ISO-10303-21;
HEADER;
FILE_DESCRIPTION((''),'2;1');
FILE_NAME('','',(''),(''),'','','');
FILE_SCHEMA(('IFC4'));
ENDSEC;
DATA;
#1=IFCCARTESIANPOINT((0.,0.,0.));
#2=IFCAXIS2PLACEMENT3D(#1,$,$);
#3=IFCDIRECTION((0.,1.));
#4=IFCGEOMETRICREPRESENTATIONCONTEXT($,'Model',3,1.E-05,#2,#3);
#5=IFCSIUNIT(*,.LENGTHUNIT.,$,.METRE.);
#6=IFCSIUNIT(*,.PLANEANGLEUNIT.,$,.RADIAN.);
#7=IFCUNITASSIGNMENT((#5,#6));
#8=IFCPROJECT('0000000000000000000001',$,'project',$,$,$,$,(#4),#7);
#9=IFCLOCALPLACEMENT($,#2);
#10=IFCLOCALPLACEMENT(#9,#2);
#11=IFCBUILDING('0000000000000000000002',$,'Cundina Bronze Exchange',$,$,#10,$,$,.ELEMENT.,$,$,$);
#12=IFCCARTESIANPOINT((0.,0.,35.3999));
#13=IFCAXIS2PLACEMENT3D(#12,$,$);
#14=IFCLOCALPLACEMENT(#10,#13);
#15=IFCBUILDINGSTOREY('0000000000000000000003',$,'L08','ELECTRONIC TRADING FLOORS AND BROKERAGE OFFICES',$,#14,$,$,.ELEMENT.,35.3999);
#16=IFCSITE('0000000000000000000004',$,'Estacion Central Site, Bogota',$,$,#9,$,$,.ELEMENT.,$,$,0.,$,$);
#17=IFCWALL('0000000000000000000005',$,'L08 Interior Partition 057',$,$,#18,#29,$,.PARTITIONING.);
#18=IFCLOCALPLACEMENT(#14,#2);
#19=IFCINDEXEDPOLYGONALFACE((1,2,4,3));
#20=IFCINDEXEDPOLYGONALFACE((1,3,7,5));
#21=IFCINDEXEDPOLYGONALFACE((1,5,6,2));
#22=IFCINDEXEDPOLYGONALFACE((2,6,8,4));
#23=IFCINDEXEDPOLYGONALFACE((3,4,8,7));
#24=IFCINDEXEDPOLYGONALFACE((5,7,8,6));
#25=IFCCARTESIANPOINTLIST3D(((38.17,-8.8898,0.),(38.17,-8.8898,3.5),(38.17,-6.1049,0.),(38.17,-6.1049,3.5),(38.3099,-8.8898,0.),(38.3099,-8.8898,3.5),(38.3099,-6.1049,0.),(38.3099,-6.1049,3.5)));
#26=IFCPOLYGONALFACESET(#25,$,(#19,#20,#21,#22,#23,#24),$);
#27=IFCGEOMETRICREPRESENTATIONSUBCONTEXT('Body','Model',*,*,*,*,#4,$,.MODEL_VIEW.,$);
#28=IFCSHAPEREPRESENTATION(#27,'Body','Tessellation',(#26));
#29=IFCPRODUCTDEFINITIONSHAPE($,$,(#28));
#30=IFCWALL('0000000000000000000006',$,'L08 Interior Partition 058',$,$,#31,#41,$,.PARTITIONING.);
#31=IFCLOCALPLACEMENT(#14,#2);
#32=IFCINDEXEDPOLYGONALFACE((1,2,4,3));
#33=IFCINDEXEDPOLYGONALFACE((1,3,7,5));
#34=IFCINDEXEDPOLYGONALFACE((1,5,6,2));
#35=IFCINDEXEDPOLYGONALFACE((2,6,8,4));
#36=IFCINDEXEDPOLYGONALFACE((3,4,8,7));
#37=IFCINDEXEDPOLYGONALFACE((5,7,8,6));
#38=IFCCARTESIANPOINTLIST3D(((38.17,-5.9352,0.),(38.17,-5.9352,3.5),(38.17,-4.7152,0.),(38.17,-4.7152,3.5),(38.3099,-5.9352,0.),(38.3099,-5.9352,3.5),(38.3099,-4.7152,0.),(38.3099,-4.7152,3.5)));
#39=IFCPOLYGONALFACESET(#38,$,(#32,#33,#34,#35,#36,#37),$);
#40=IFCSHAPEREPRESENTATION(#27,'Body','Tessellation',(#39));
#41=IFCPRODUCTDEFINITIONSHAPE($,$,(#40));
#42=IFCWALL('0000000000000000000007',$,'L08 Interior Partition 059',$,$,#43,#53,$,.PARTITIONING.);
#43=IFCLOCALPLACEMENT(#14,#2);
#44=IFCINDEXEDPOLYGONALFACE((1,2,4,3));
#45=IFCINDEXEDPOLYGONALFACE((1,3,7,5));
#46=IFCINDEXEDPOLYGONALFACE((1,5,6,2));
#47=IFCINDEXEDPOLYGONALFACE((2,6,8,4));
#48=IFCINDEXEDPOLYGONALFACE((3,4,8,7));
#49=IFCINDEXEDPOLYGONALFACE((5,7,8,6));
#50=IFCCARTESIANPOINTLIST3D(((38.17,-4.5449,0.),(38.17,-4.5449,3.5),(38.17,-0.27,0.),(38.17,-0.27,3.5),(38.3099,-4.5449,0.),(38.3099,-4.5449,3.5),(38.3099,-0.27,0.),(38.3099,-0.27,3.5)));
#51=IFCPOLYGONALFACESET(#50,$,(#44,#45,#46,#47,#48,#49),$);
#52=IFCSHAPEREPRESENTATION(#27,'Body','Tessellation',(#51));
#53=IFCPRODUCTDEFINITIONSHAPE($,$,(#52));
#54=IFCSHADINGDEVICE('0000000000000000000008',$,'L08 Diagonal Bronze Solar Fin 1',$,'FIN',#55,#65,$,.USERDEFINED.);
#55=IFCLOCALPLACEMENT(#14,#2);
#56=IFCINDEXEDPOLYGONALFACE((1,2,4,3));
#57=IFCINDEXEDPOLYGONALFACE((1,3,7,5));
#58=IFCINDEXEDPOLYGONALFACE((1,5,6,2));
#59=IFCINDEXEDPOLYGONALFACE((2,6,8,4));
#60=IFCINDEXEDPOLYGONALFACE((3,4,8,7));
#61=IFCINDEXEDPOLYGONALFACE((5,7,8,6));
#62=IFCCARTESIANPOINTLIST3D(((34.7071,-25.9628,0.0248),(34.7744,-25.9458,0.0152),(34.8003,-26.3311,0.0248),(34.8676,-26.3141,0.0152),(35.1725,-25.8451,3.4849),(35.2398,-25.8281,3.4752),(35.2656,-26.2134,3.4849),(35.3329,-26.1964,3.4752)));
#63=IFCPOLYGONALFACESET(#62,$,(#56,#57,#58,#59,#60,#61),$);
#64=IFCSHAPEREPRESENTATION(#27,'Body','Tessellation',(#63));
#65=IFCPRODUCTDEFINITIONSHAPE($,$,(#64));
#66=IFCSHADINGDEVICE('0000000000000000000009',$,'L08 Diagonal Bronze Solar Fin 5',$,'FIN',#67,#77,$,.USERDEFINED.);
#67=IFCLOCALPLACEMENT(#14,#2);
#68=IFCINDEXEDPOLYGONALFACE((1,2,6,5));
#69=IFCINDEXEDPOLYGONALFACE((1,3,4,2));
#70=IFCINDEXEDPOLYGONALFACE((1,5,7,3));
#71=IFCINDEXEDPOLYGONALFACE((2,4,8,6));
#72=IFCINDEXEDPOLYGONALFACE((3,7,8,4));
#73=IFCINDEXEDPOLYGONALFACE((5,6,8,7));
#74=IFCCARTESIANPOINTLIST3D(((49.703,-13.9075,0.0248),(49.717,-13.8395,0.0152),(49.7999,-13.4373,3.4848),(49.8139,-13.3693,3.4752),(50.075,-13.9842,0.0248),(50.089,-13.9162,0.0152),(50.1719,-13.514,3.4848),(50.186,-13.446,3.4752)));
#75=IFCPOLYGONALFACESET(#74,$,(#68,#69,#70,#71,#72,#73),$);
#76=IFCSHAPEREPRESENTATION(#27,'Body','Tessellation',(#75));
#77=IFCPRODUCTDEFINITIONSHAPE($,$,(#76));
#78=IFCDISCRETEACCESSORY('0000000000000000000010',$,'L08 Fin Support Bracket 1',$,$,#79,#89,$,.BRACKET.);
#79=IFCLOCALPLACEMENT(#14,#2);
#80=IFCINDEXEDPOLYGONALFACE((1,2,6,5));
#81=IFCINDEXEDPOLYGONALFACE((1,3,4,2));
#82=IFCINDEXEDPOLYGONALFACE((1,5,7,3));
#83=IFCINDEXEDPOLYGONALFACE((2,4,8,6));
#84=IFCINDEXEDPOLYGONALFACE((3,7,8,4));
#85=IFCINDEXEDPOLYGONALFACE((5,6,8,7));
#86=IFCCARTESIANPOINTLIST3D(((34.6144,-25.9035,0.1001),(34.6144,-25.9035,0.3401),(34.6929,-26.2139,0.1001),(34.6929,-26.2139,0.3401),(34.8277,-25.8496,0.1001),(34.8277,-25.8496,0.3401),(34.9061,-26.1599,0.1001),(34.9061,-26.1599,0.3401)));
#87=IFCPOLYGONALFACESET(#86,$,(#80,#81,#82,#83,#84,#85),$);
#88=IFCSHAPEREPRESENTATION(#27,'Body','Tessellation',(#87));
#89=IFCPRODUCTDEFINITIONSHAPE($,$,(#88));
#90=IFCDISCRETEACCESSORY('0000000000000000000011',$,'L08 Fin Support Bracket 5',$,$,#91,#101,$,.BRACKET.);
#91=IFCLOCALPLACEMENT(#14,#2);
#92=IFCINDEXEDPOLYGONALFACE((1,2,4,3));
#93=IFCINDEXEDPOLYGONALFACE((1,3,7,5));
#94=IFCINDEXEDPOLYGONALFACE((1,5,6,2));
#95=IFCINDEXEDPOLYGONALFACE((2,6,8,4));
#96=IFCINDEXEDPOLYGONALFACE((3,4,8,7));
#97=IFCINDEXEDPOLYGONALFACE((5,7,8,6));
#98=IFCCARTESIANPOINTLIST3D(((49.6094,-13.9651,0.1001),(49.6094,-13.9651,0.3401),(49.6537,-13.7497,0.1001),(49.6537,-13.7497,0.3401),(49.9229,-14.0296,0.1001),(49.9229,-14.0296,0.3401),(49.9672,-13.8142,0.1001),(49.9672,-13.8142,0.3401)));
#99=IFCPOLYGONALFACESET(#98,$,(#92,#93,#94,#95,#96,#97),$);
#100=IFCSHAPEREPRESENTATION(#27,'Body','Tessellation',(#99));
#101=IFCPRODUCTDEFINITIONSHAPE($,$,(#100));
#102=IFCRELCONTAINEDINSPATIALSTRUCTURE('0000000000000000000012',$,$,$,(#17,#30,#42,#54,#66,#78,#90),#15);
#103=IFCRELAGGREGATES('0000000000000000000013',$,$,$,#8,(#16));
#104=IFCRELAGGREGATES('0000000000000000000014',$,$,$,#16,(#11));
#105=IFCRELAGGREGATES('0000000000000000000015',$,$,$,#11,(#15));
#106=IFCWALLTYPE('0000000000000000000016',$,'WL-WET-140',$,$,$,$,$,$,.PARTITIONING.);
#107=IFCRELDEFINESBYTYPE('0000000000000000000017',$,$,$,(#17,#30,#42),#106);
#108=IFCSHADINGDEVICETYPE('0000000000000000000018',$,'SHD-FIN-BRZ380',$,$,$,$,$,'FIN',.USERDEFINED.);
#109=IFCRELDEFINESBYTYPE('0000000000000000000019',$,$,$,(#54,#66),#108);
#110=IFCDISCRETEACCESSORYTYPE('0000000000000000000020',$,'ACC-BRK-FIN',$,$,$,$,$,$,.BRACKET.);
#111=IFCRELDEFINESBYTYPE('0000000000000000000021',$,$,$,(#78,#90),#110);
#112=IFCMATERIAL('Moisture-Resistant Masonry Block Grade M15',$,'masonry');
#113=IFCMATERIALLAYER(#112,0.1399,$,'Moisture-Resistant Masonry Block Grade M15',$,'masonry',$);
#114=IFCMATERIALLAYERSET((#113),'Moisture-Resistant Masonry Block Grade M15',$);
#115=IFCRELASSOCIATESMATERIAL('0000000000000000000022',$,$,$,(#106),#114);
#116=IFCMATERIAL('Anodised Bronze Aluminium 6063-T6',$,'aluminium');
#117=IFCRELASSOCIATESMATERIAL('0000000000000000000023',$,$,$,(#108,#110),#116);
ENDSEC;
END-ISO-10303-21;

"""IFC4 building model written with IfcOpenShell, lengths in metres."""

from ifc_helpers import new_model, si_unit, direction, frame, frame_2d, origin, origin_2d, place, context, subcontext, project, spatial, rectangle, extrude, material, layer, layer_set, material_profile, profile_set, type_object, element, save


model = new_model("IFC4")

# Units and contexts
model_context = context("Model", 3, precision=1e-05, world=origin(), true_north=direction((0.0, 1.0)))
body_context = subcontext(model_context, "Body", "Model", "MODEL_VIEW")
ifc_project = project(units=[si_unit("LENGTHUNIT", "METRE"), si_unit("PLANEANGLEUNIT", "RADIAN")], contexts=[model_context])

# Site, building, storey
site_placement = place(None, origin())
site = spatial("IfcSite", under=ifc_project, at=site_placement, Name="Estacion Central Site, Bogota", CompositionType="ELEMENT", RefElevation=0.0)
building_placement = place(site_placement, origin())
building = spatial("IfcBuilding", under=site, at=building_placement, Name="Cundina Bronze Exchange", CompositionType="ELEMENT")
storey_placement = place(building_placement, frame((0.0, 0.0, 35.3999)))
storey = spatial("IfcBuildingStorey", under=building, at=storey_placement, Name="L08", Description="ELECTRONIC TRADING FLOORS AND BROKERAGE OFFICES", CompositionType="ELEMENT", Elevation=35.3999)

# Shared definitions
ifc_material_1 = material(Name="Anodised Bronze Aluminium 6063-T6", Category="aluminium")

# Walls
ifc_material_2 = material(Name="Moisture-Resistant Masonry Block Grade M15", Category="masonry")
ifc_layer_1 = layer(ifc_material_2, 0.1399, Name="Moisture-Resistant Masonry Block Grade M15", Category="masonry")
ifc_layer_set_1 = layer_set([ifc_layer_1], Name="Moisture-Resistant Masonry Block Grade M15")
wall_type_1 = type_object("IfcWallType", Name="WL-WET-140", PredefinedType="PARTITIONING", material=ifc_layer_set_1)
wall_1_placement = place(storey_placement, frame((38.24, -8.8899, 0.0), z_axis=(0.0, 0.0, 1.0), x_axis=(0.0, 1.0, 0.0)))
element("IfcWall", 1, at=wall_1_placement, inside=storey, type_object=wall_type_1, Name="L08 Interior Partition 057", PredefinedType="PARTITIONING", context=body_context, shape_type="SweptSolid", body=[
    extrude(rectangle(XDim=2.7849, YDim=0.1399, at=frame_2d((1.3926, 0.0))), origin(), (0.0, 0.0, 1.0), 3.5),
])
wall_2_placement = place(storey_placement, frame((38.24, -5.9351, 0.0), z_axis=(0.0, 0.0, 1.0), x_axis=(0.0, 1.0, 0.0)))
element("IfcWall", 2, at=wall_2_placement, inside=storey, type_object=wall_type_1, Name="L08 Interior Partition 058", PredefinedType="PARTITIONING", context=body_context, shape_type="SweptSolid", body=[
    extrude(rectangle(XDim=1.22, YDim=0.1399, at=frame_2d((0.6099, 0.0))), origin(), (0.0, 0.0, 1.0), 3.5),
])
wall_3_placement = place(storey_placement, frame((38.24, -4.5449, 0.0), z_axis=(0.0, 0.0, 1.0), x_axis=(0.0, 1.0, 0.0)))
element("IfcWall", 3, at=wall_3_placement, inside=storey, type_object=wall_type_1, Name="L08 Interior Partition 059", PredefinedType="PARTITIONING", context=body_context, shape_type="SweptSolid", body=[
    extrude(rectangle(XDim=4.2749, YDim=0.1399, at=frame_2d((2.1375, 0.0))), origin(), (0.0, 0.0, 1.0), 3.5),
])

# Shading devices
ifc_material_profile_1 = material_profile(ifc_material_1, rectangle(XDim=0.0701, YDim=0.3799, at=origin_2d()), Name="FIN70X380", Category="aluminium")
ifc_profile_set_1 = profile_set([ifc_material_profile_1], Name="Anodised Bronze Aluminium 6063-T6")
shading_device_type = type_object("IfcShadingDeviceType", Name="SHD-FIN-BRZ380", ElementType="FIN", PredefinedType="USERDEFINED", material=ifc_profile_set_1)
for number, where, z_axis, x_axis, name in (
    (4, (34.7874, -26.1384, 0.02), (0.133215, 0.033688, 0.990514), (-0.960285, -0.242842, 0.137408), "L08 Diagonal Bronze Solar Fin 1"),
    (5, (49.896, -13.9119, 0.02), (0.027747, 0.134612, 0.99051), (-0.199967, -0.970115, 0.137442), "L08 Diagonal Bronze Solar Fin 5"),
):
    element("IfcShadingDevice", number, at=place(storey_placement, frame(where, z_axis=z_axis, x_axis=x_axis)), inside=storey, type_object=shading_device_type, Name=name, ObjectType="FIN", PredefinedType="USERDEFINED", context=body_context, shape_type="SweptSolid", body=[
        extrude(rectangle(XDim=0.0701, YDim=0.3799, at=origin_2d()), origin(), (0.0, 0.0, 1.0), 3.4932),
    ])

# Discrete accessories
discrete_accessory_type = type_object("IfcDiscreteAccessoryType", Name="ACC-BRK-FIN", PredefinedType="BRACKET", material=ifc_material_1)
for number, where, z_axis, x_axis, name in (
    (6, (34.7603, -26.0317, 0.1001), (0.0, 0.0, 1.0), (0.969488, 0.245138, 0.0), "L08 Fin Support Bracket 1"),
    (7, (49.7883, -13.8896, 0.1001), (0.0, 0.0, 1.0), (0.20142, 0.979505, 0.0), "L08 Fin Support Bracket 5"),
):
    element("IfcDiscreteAccessory", number, at=place(storey_placement, frame(where, z_axis=z_axis, x_axis=x_axis)), inside=storey, type_object=discrete_accessory_type, Name=name, PredefinedType="BRACKET", context=body_context, shape_type="SweptSolid", body=[
        extrude(rectangle(XDim=0.22, YDim=0.3201, at=origin_2d()), origin(), (0.0, 0.0, 1.0), 0.24),
    ])

save(model, "model.ifc")
